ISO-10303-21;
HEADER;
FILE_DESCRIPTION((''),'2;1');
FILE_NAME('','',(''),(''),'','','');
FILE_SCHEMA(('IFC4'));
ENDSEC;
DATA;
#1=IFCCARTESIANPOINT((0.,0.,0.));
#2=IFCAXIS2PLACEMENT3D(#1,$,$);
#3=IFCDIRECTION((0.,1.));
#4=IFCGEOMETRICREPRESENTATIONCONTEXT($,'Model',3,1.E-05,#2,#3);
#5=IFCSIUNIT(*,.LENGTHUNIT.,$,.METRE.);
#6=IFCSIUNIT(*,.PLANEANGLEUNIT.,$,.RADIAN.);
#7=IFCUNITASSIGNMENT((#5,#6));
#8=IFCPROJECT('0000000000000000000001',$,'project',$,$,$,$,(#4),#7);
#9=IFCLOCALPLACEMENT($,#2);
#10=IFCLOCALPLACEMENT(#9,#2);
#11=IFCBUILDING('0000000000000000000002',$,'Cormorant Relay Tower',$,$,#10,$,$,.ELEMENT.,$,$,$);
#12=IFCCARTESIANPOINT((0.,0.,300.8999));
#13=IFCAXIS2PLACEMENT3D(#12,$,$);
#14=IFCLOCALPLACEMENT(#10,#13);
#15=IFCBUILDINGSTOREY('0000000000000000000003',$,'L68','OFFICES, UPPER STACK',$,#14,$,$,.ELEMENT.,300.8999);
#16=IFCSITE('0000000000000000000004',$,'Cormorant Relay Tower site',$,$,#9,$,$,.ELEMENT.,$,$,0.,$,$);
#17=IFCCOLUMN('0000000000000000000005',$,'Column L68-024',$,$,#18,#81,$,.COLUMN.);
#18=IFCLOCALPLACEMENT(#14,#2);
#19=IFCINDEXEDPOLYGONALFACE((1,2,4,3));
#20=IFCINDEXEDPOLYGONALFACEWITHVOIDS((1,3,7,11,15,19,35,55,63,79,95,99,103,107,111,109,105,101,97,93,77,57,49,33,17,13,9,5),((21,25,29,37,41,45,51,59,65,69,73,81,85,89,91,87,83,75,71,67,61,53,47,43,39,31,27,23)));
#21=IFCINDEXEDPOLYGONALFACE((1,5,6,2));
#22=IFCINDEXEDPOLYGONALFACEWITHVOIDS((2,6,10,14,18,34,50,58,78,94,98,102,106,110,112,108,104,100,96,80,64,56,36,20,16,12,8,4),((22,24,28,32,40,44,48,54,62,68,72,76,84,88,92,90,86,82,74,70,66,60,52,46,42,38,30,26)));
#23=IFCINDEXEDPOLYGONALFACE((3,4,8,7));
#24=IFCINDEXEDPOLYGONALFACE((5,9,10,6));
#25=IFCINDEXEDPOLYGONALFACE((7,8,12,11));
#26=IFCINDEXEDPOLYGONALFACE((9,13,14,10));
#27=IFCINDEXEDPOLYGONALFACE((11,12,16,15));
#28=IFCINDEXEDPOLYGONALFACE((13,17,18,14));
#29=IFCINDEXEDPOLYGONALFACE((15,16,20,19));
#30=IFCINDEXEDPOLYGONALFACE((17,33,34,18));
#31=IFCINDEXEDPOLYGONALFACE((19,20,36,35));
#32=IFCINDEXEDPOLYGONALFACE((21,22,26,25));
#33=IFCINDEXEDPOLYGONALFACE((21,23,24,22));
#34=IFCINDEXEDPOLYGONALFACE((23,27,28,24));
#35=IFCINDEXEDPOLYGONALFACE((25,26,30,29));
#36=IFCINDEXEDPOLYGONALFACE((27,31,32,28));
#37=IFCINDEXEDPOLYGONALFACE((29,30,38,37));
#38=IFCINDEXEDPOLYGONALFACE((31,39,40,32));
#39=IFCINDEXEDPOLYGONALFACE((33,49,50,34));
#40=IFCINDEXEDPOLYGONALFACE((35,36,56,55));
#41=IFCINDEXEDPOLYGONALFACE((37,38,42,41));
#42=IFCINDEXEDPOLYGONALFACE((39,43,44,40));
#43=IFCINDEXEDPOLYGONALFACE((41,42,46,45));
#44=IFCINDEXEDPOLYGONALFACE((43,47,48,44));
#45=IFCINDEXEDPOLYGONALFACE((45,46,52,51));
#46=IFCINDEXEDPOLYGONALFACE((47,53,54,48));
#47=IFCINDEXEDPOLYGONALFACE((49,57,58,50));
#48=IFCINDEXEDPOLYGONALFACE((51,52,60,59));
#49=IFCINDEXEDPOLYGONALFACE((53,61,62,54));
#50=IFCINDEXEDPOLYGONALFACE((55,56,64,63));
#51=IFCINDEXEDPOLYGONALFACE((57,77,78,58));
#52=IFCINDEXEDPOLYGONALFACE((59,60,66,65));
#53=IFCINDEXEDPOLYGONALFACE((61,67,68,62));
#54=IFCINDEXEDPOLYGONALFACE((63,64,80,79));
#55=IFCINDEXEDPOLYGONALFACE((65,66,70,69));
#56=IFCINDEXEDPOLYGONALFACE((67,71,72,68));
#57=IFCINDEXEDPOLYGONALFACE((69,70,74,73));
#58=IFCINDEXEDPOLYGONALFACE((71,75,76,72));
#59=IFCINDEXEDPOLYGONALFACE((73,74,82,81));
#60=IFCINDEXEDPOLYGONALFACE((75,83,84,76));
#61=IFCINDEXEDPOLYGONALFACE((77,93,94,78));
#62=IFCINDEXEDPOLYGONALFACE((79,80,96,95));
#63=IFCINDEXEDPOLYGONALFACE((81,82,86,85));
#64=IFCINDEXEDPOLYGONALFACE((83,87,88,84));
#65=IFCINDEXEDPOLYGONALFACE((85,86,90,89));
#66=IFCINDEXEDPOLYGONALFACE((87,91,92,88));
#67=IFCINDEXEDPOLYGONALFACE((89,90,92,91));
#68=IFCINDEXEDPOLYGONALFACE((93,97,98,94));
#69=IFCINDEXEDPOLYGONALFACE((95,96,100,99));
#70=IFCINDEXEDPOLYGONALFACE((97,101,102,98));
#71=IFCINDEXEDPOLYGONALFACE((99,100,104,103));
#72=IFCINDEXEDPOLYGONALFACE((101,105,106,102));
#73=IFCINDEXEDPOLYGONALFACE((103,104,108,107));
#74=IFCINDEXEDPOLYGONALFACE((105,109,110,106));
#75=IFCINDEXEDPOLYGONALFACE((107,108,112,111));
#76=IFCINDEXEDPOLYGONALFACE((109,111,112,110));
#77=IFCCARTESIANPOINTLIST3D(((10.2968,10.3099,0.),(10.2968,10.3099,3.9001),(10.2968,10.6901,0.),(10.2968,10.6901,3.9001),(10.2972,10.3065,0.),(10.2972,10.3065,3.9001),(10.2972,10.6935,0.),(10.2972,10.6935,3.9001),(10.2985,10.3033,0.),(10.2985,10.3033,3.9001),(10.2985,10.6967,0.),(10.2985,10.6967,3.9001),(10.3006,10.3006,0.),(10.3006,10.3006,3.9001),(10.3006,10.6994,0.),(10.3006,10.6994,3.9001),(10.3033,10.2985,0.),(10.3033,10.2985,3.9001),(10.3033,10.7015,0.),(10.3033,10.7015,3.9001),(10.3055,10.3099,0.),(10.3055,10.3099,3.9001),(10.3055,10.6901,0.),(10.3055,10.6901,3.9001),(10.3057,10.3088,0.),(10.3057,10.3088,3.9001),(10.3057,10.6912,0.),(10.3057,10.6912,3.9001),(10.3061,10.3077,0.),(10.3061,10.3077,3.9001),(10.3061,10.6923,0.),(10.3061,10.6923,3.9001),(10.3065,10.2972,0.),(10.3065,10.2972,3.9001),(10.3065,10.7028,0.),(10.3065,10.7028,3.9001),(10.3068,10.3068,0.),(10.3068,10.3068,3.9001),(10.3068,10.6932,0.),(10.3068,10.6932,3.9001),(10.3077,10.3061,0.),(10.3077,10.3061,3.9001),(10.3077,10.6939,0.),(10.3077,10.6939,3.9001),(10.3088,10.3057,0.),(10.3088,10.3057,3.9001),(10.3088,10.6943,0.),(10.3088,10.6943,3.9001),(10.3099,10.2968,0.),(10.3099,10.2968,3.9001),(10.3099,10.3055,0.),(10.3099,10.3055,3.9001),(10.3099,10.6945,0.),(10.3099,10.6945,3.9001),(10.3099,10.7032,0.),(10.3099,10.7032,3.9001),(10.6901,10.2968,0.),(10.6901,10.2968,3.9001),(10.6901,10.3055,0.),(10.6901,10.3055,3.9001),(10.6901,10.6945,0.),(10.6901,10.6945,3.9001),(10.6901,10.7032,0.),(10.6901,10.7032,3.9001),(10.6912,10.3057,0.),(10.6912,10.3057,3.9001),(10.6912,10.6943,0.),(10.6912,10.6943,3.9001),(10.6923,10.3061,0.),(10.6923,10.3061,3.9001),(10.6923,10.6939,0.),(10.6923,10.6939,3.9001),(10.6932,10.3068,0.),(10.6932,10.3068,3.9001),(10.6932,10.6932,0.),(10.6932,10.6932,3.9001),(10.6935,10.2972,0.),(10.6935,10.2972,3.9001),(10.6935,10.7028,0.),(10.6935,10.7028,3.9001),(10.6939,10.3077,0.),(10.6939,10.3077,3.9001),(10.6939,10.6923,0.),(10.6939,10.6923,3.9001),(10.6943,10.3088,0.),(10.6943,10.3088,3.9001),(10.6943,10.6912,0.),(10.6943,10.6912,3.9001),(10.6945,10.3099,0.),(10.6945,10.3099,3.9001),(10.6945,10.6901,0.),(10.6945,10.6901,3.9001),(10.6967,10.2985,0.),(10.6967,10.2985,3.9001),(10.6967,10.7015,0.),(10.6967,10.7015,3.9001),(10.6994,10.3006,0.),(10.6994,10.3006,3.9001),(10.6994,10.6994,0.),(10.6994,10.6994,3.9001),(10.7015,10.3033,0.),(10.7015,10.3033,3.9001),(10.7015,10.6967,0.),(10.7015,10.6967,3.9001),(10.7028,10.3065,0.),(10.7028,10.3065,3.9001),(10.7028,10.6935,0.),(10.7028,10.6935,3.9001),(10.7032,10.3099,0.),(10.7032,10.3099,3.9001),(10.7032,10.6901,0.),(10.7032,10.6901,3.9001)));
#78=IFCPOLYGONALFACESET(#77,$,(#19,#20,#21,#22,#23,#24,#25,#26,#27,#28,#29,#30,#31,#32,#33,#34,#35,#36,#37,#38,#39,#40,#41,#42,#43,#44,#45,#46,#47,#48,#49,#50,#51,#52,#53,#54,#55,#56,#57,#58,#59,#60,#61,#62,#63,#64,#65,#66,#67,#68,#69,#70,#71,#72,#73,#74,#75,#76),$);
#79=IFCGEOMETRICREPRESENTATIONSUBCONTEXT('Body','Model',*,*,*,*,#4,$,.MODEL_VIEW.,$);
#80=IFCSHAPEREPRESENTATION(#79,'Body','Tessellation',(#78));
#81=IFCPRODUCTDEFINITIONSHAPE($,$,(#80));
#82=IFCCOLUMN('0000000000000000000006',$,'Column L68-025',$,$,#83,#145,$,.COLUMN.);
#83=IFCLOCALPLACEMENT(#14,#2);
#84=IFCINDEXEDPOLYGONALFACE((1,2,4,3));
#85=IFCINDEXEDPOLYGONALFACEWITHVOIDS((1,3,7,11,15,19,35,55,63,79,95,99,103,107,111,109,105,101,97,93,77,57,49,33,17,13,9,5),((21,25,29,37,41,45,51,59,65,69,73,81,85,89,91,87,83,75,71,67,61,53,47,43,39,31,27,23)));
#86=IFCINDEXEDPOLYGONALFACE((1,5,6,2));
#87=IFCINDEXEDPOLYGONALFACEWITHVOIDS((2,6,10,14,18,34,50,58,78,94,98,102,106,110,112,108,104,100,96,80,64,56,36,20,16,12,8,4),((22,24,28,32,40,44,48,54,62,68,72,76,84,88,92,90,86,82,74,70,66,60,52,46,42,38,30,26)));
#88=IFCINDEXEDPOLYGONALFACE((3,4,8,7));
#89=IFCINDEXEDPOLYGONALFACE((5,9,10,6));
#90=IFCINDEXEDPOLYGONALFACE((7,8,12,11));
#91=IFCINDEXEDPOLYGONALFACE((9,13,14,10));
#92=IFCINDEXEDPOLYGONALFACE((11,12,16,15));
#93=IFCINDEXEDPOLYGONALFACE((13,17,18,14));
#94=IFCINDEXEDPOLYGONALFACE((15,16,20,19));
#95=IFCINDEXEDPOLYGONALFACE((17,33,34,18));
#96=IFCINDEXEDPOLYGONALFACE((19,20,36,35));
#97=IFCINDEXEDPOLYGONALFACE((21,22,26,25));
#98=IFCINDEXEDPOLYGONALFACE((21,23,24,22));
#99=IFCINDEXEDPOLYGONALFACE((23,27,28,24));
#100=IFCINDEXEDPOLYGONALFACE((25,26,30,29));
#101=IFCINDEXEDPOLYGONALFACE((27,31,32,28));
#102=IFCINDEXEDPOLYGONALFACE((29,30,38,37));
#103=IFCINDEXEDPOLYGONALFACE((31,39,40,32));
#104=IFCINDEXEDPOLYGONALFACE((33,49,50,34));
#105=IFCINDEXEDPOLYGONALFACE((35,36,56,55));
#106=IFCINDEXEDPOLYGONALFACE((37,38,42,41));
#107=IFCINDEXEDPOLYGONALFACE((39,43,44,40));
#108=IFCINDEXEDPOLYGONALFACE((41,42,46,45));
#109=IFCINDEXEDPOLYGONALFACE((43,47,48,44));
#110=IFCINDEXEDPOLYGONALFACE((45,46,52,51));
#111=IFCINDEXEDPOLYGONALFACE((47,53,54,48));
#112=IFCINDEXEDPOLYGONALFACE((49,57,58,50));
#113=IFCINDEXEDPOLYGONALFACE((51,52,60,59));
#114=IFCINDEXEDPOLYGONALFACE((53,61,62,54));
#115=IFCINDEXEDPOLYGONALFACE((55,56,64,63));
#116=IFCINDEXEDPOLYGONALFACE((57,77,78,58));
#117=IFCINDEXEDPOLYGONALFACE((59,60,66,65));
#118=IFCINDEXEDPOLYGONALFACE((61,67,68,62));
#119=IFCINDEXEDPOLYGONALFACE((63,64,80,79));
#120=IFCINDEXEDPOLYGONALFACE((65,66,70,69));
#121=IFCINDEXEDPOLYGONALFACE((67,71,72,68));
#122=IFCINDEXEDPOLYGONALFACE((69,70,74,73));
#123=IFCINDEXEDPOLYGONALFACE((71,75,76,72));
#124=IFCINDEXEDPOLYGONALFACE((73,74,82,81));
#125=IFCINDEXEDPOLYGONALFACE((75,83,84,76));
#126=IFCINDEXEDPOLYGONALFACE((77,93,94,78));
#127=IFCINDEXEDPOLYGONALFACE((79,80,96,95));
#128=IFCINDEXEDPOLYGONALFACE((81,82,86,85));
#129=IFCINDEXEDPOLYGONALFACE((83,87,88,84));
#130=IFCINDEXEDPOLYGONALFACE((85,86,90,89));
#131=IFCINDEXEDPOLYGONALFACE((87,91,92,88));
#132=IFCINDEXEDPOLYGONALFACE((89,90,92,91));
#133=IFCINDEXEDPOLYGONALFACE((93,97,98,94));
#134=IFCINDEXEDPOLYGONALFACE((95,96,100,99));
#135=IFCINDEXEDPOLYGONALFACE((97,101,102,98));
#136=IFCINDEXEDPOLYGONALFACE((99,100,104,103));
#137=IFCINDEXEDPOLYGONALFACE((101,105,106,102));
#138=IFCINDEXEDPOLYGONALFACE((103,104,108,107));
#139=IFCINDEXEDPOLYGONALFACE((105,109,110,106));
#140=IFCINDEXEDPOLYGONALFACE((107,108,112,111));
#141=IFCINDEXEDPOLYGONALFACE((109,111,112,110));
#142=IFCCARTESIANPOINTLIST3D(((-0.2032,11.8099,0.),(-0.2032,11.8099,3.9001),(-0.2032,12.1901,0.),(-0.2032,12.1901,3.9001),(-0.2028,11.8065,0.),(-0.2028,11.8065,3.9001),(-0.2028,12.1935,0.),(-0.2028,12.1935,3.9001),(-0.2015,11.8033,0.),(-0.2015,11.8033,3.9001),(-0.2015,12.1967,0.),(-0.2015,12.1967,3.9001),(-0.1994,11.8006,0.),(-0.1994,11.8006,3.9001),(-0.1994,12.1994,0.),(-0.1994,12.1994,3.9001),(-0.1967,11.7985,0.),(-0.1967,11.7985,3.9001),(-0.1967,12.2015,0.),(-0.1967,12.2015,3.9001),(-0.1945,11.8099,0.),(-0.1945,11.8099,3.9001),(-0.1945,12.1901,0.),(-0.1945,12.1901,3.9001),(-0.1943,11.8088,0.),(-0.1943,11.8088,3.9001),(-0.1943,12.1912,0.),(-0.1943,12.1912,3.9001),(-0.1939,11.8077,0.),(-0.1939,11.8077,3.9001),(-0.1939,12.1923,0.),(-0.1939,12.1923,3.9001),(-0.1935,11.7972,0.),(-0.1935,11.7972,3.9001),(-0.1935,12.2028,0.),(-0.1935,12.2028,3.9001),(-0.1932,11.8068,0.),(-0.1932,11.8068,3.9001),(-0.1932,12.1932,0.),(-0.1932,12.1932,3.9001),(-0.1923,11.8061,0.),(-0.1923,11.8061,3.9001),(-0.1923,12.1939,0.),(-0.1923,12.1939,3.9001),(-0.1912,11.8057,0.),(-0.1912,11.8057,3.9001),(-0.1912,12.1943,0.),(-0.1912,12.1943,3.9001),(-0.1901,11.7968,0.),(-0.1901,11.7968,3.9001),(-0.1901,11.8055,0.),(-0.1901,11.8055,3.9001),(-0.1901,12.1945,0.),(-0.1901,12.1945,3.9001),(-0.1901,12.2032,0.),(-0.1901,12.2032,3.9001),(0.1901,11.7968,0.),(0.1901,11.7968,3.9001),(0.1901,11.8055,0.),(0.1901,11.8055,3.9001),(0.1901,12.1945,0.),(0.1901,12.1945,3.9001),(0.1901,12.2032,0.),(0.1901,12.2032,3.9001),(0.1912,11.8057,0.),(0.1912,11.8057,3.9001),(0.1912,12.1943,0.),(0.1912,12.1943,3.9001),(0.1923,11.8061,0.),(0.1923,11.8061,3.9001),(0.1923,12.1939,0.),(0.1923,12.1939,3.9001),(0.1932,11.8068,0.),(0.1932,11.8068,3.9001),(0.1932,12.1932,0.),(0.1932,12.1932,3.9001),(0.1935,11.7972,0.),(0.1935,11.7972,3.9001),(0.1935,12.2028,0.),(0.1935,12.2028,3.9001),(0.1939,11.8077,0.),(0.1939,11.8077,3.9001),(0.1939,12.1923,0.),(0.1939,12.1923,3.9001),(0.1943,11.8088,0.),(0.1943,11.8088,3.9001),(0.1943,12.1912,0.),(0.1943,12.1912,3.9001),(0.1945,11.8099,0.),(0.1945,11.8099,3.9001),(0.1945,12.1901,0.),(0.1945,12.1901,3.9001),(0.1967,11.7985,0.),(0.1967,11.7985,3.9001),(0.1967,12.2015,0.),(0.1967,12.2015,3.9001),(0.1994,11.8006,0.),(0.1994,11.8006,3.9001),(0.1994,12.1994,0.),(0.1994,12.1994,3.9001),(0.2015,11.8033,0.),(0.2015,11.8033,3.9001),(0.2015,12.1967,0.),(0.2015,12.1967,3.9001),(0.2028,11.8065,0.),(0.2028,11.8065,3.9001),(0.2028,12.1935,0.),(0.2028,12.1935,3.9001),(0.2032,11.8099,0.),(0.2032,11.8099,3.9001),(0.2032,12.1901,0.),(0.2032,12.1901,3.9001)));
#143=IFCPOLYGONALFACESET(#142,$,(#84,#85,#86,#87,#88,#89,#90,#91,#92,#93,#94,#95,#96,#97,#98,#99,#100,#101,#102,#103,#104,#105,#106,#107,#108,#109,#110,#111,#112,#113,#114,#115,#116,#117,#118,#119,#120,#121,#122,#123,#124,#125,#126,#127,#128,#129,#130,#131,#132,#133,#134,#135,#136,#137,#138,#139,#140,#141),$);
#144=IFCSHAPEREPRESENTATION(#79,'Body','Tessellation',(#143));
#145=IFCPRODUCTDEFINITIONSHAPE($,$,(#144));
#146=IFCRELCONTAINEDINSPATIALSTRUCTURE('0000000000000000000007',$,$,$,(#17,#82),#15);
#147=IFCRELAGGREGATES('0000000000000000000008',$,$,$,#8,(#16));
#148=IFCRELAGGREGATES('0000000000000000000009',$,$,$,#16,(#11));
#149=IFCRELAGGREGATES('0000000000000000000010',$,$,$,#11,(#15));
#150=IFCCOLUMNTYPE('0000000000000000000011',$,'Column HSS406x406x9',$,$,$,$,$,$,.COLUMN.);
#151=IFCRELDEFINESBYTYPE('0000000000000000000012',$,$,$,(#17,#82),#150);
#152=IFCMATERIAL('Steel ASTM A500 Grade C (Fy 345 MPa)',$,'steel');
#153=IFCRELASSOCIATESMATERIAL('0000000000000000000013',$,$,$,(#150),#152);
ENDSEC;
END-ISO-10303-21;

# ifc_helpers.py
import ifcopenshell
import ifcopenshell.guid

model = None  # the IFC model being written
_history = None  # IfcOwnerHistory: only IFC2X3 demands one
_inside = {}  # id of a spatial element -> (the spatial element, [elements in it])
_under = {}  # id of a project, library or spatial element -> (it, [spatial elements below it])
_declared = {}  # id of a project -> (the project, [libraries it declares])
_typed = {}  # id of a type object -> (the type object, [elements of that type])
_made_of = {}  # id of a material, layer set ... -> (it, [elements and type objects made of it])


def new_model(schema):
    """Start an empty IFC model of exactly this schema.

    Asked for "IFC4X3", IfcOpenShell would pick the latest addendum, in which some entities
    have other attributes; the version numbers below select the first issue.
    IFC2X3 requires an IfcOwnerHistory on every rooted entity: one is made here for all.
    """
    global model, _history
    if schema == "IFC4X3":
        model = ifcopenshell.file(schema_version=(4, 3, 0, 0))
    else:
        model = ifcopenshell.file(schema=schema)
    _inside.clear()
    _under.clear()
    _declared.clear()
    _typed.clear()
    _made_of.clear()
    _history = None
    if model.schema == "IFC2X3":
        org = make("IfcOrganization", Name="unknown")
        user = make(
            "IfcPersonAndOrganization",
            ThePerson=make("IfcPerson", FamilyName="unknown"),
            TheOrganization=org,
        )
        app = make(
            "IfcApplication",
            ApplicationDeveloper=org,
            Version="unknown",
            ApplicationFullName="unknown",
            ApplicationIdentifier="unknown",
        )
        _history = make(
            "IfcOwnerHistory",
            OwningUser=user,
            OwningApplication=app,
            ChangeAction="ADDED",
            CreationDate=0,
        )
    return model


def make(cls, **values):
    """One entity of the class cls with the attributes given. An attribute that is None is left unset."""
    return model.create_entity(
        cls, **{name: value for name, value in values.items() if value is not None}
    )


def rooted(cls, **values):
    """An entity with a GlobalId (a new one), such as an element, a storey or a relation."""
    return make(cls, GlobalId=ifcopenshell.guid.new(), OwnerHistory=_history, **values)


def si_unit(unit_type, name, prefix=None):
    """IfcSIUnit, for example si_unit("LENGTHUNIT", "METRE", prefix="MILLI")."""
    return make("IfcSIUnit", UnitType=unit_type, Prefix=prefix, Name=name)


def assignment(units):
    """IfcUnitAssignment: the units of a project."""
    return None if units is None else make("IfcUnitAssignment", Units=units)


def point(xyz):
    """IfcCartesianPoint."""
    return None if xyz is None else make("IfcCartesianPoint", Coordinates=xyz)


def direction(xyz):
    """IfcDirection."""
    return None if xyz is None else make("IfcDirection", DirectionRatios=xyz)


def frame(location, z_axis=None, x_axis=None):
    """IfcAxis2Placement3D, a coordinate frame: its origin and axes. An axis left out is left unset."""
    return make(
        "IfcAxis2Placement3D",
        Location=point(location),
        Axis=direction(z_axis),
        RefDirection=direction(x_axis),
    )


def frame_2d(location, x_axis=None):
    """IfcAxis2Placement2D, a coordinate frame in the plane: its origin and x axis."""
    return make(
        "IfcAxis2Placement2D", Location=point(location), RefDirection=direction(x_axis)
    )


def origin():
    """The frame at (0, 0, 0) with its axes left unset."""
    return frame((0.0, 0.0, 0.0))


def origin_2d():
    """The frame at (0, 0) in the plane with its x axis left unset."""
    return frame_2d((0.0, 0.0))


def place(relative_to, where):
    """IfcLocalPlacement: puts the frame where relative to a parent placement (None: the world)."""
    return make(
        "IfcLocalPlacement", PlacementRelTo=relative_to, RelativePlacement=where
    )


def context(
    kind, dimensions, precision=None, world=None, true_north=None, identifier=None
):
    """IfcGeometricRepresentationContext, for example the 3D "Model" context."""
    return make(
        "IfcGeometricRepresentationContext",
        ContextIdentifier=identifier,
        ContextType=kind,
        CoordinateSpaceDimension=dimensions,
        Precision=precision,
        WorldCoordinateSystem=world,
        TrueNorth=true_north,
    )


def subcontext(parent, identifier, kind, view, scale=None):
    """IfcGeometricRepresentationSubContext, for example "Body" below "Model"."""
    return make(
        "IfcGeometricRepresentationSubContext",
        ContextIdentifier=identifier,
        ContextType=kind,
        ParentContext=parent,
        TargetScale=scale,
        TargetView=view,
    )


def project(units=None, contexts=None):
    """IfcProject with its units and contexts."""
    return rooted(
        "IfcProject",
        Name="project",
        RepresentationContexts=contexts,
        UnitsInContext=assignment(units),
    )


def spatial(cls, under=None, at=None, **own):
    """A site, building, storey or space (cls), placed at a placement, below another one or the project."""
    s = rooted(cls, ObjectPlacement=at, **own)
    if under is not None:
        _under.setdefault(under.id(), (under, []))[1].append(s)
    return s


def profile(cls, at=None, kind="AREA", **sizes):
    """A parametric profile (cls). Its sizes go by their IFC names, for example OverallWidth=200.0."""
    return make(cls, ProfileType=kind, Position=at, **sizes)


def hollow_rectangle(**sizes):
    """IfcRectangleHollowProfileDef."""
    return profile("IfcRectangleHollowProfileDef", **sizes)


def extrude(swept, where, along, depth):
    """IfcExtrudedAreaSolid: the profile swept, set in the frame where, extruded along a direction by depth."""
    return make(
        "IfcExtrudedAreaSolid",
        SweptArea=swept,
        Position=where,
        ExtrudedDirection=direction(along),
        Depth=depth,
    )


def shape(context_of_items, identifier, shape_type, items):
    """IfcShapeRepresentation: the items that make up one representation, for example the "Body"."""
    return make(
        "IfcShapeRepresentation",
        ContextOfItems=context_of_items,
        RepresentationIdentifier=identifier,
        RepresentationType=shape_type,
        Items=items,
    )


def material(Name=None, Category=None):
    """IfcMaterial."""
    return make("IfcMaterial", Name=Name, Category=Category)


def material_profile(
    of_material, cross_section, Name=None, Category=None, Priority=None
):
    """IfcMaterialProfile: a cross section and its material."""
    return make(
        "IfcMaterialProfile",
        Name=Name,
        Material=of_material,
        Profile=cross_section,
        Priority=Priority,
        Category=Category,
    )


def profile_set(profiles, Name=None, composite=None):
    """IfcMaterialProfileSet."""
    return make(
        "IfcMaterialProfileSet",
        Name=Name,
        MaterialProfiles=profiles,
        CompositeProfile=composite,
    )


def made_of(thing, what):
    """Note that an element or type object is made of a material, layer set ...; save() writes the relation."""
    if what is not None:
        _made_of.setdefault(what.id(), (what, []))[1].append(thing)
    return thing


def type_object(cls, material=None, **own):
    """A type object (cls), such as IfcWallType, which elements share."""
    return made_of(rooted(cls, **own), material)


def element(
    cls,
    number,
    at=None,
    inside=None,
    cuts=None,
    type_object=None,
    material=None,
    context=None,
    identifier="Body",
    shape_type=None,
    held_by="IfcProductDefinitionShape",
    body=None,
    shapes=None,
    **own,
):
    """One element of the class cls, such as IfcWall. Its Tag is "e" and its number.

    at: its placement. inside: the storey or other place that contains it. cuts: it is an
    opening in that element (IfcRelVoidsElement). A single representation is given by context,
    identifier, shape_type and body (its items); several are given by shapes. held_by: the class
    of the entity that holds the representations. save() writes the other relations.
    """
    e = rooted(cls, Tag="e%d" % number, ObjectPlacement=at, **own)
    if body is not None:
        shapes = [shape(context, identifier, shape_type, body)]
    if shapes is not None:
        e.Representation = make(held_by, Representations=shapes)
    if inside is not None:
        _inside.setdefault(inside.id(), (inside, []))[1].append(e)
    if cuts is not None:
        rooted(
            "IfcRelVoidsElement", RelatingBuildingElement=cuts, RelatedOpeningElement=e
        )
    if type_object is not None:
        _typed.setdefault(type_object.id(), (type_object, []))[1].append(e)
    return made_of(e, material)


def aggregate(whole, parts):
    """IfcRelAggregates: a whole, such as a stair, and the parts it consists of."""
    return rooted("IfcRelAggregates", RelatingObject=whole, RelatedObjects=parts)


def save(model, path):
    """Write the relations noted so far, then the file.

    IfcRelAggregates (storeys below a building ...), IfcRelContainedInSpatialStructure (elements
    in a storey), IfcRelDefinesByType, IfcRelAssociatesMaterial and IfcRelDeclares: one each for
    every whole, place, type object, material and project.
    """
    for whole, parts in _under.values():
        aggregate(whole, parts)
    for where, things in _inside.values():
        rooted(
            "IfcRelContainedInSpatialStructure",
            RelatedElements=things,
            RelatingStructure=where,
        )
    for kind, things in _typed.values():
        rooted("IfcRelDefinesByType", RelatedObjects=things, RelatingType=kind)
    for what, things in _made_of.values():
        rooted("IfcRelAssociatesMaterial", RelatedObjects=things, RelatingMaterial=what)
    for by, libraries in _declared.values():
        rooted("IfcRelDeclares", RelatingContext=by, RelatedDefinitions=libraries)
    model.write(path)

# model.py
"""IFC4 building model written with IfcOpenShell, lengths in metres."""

from ifc_helpers import new_model, si_unit, direction, frame, origin, origin_2d, place, context, subcontext, project, spatial, hollow_rectangle, extrude, material, material_profile, profile_set, type_object, element, save


model = new_model("IFC4")

# Units and contexts
model_context = context("Model", 3, precision=1e-05, world=origin(), true_north=direction((0.0, 1.0)))
body_context = subcontext(model_context, "Body", "Model", "MODEL_VIEW")
ifc_project = project(units=[si_unit("LENGTHUNIT", "METRE"), si_unit("PLANEANGLEUNIT", "RADIAN")], contexts=[model_context])

# Site, building, storey
site_placement = place(None, origin())
site = spatial("IfcSite", under=ifc_project, at=site_placement, Name="Cormorant Relay Tower site", CompositionType="ELEMENT", RefElevation=0.0)
building_placement = place(site_placement, origin())
building = spatial("IfcBuilding", under=site, at=building_placement, Name="Cormorant Relay Tower", CompositionType="ELEMENT")
storey_placement = place(building_placement, frame((0.0, 0.0, 300.8999)))
storey = spatial("IfcBuildingStorey", under=building, at=storey_placement, Name="L68", Description="OFFICES, UPPER STACK", CompositionType="ELEMENT", Elevation=300.8999)

# Columns
ifc_material_1 = material(Name="Steel ASTM A500 Grade C (Fy 345 MPa)", Category="steel")
ifc_material_profile = material_profile(ifc_material_1, hollow_rectangle(XDim=0.4065, YDim=0.4065, WallThickness=0.0088, InnerFilletRadius=0.0044, OuterFilletRadius=0.0132, at=origin_2d()), Name="HSS406x406x9")
ifc_profile_set = profile_set([ifc_material_profile], Name="Steel ASTM A500 Grade C (Fy 345 MPa)")
column_type = type_object("IfcColumnType", Name="Column HSS406x406x9", PredefinedType="COLUMN", material=ifc_profile_set)
for number, where, z_axis, x_axis, name in (
    (1, (10.5, 10.5, 0.0), (0.0, 0.0, 1.0), (1.0, 0.0, 0.0), "Column L68-024"),
    (2, (0.0, 12.0, 0.0), (0.0, 0.0, 1.0), (1.0, 0.0, 0.0), "Column L68-025"),
):
    element("IfcColumn", number, at=place(storey_placement, frame(where, z_axis=z_axis, x_axis=x_axis)), inside=storey, type_object=column_type, Name=name, PredefinedType="COLUMN", context=body_context, shape_type="SweptSolid", body=[
        extrude(hollow_rectangle(XDim=0.4065, YDim=0.4065, WallThickness=0.0088, InnerFilletRadius=0.0044, OuterFilletRadius=0.0132, at=origin_2d()), origin(), (0.0, 0.0, 1.0), 3.9001),
    ])

save(model, "model.ifc")
